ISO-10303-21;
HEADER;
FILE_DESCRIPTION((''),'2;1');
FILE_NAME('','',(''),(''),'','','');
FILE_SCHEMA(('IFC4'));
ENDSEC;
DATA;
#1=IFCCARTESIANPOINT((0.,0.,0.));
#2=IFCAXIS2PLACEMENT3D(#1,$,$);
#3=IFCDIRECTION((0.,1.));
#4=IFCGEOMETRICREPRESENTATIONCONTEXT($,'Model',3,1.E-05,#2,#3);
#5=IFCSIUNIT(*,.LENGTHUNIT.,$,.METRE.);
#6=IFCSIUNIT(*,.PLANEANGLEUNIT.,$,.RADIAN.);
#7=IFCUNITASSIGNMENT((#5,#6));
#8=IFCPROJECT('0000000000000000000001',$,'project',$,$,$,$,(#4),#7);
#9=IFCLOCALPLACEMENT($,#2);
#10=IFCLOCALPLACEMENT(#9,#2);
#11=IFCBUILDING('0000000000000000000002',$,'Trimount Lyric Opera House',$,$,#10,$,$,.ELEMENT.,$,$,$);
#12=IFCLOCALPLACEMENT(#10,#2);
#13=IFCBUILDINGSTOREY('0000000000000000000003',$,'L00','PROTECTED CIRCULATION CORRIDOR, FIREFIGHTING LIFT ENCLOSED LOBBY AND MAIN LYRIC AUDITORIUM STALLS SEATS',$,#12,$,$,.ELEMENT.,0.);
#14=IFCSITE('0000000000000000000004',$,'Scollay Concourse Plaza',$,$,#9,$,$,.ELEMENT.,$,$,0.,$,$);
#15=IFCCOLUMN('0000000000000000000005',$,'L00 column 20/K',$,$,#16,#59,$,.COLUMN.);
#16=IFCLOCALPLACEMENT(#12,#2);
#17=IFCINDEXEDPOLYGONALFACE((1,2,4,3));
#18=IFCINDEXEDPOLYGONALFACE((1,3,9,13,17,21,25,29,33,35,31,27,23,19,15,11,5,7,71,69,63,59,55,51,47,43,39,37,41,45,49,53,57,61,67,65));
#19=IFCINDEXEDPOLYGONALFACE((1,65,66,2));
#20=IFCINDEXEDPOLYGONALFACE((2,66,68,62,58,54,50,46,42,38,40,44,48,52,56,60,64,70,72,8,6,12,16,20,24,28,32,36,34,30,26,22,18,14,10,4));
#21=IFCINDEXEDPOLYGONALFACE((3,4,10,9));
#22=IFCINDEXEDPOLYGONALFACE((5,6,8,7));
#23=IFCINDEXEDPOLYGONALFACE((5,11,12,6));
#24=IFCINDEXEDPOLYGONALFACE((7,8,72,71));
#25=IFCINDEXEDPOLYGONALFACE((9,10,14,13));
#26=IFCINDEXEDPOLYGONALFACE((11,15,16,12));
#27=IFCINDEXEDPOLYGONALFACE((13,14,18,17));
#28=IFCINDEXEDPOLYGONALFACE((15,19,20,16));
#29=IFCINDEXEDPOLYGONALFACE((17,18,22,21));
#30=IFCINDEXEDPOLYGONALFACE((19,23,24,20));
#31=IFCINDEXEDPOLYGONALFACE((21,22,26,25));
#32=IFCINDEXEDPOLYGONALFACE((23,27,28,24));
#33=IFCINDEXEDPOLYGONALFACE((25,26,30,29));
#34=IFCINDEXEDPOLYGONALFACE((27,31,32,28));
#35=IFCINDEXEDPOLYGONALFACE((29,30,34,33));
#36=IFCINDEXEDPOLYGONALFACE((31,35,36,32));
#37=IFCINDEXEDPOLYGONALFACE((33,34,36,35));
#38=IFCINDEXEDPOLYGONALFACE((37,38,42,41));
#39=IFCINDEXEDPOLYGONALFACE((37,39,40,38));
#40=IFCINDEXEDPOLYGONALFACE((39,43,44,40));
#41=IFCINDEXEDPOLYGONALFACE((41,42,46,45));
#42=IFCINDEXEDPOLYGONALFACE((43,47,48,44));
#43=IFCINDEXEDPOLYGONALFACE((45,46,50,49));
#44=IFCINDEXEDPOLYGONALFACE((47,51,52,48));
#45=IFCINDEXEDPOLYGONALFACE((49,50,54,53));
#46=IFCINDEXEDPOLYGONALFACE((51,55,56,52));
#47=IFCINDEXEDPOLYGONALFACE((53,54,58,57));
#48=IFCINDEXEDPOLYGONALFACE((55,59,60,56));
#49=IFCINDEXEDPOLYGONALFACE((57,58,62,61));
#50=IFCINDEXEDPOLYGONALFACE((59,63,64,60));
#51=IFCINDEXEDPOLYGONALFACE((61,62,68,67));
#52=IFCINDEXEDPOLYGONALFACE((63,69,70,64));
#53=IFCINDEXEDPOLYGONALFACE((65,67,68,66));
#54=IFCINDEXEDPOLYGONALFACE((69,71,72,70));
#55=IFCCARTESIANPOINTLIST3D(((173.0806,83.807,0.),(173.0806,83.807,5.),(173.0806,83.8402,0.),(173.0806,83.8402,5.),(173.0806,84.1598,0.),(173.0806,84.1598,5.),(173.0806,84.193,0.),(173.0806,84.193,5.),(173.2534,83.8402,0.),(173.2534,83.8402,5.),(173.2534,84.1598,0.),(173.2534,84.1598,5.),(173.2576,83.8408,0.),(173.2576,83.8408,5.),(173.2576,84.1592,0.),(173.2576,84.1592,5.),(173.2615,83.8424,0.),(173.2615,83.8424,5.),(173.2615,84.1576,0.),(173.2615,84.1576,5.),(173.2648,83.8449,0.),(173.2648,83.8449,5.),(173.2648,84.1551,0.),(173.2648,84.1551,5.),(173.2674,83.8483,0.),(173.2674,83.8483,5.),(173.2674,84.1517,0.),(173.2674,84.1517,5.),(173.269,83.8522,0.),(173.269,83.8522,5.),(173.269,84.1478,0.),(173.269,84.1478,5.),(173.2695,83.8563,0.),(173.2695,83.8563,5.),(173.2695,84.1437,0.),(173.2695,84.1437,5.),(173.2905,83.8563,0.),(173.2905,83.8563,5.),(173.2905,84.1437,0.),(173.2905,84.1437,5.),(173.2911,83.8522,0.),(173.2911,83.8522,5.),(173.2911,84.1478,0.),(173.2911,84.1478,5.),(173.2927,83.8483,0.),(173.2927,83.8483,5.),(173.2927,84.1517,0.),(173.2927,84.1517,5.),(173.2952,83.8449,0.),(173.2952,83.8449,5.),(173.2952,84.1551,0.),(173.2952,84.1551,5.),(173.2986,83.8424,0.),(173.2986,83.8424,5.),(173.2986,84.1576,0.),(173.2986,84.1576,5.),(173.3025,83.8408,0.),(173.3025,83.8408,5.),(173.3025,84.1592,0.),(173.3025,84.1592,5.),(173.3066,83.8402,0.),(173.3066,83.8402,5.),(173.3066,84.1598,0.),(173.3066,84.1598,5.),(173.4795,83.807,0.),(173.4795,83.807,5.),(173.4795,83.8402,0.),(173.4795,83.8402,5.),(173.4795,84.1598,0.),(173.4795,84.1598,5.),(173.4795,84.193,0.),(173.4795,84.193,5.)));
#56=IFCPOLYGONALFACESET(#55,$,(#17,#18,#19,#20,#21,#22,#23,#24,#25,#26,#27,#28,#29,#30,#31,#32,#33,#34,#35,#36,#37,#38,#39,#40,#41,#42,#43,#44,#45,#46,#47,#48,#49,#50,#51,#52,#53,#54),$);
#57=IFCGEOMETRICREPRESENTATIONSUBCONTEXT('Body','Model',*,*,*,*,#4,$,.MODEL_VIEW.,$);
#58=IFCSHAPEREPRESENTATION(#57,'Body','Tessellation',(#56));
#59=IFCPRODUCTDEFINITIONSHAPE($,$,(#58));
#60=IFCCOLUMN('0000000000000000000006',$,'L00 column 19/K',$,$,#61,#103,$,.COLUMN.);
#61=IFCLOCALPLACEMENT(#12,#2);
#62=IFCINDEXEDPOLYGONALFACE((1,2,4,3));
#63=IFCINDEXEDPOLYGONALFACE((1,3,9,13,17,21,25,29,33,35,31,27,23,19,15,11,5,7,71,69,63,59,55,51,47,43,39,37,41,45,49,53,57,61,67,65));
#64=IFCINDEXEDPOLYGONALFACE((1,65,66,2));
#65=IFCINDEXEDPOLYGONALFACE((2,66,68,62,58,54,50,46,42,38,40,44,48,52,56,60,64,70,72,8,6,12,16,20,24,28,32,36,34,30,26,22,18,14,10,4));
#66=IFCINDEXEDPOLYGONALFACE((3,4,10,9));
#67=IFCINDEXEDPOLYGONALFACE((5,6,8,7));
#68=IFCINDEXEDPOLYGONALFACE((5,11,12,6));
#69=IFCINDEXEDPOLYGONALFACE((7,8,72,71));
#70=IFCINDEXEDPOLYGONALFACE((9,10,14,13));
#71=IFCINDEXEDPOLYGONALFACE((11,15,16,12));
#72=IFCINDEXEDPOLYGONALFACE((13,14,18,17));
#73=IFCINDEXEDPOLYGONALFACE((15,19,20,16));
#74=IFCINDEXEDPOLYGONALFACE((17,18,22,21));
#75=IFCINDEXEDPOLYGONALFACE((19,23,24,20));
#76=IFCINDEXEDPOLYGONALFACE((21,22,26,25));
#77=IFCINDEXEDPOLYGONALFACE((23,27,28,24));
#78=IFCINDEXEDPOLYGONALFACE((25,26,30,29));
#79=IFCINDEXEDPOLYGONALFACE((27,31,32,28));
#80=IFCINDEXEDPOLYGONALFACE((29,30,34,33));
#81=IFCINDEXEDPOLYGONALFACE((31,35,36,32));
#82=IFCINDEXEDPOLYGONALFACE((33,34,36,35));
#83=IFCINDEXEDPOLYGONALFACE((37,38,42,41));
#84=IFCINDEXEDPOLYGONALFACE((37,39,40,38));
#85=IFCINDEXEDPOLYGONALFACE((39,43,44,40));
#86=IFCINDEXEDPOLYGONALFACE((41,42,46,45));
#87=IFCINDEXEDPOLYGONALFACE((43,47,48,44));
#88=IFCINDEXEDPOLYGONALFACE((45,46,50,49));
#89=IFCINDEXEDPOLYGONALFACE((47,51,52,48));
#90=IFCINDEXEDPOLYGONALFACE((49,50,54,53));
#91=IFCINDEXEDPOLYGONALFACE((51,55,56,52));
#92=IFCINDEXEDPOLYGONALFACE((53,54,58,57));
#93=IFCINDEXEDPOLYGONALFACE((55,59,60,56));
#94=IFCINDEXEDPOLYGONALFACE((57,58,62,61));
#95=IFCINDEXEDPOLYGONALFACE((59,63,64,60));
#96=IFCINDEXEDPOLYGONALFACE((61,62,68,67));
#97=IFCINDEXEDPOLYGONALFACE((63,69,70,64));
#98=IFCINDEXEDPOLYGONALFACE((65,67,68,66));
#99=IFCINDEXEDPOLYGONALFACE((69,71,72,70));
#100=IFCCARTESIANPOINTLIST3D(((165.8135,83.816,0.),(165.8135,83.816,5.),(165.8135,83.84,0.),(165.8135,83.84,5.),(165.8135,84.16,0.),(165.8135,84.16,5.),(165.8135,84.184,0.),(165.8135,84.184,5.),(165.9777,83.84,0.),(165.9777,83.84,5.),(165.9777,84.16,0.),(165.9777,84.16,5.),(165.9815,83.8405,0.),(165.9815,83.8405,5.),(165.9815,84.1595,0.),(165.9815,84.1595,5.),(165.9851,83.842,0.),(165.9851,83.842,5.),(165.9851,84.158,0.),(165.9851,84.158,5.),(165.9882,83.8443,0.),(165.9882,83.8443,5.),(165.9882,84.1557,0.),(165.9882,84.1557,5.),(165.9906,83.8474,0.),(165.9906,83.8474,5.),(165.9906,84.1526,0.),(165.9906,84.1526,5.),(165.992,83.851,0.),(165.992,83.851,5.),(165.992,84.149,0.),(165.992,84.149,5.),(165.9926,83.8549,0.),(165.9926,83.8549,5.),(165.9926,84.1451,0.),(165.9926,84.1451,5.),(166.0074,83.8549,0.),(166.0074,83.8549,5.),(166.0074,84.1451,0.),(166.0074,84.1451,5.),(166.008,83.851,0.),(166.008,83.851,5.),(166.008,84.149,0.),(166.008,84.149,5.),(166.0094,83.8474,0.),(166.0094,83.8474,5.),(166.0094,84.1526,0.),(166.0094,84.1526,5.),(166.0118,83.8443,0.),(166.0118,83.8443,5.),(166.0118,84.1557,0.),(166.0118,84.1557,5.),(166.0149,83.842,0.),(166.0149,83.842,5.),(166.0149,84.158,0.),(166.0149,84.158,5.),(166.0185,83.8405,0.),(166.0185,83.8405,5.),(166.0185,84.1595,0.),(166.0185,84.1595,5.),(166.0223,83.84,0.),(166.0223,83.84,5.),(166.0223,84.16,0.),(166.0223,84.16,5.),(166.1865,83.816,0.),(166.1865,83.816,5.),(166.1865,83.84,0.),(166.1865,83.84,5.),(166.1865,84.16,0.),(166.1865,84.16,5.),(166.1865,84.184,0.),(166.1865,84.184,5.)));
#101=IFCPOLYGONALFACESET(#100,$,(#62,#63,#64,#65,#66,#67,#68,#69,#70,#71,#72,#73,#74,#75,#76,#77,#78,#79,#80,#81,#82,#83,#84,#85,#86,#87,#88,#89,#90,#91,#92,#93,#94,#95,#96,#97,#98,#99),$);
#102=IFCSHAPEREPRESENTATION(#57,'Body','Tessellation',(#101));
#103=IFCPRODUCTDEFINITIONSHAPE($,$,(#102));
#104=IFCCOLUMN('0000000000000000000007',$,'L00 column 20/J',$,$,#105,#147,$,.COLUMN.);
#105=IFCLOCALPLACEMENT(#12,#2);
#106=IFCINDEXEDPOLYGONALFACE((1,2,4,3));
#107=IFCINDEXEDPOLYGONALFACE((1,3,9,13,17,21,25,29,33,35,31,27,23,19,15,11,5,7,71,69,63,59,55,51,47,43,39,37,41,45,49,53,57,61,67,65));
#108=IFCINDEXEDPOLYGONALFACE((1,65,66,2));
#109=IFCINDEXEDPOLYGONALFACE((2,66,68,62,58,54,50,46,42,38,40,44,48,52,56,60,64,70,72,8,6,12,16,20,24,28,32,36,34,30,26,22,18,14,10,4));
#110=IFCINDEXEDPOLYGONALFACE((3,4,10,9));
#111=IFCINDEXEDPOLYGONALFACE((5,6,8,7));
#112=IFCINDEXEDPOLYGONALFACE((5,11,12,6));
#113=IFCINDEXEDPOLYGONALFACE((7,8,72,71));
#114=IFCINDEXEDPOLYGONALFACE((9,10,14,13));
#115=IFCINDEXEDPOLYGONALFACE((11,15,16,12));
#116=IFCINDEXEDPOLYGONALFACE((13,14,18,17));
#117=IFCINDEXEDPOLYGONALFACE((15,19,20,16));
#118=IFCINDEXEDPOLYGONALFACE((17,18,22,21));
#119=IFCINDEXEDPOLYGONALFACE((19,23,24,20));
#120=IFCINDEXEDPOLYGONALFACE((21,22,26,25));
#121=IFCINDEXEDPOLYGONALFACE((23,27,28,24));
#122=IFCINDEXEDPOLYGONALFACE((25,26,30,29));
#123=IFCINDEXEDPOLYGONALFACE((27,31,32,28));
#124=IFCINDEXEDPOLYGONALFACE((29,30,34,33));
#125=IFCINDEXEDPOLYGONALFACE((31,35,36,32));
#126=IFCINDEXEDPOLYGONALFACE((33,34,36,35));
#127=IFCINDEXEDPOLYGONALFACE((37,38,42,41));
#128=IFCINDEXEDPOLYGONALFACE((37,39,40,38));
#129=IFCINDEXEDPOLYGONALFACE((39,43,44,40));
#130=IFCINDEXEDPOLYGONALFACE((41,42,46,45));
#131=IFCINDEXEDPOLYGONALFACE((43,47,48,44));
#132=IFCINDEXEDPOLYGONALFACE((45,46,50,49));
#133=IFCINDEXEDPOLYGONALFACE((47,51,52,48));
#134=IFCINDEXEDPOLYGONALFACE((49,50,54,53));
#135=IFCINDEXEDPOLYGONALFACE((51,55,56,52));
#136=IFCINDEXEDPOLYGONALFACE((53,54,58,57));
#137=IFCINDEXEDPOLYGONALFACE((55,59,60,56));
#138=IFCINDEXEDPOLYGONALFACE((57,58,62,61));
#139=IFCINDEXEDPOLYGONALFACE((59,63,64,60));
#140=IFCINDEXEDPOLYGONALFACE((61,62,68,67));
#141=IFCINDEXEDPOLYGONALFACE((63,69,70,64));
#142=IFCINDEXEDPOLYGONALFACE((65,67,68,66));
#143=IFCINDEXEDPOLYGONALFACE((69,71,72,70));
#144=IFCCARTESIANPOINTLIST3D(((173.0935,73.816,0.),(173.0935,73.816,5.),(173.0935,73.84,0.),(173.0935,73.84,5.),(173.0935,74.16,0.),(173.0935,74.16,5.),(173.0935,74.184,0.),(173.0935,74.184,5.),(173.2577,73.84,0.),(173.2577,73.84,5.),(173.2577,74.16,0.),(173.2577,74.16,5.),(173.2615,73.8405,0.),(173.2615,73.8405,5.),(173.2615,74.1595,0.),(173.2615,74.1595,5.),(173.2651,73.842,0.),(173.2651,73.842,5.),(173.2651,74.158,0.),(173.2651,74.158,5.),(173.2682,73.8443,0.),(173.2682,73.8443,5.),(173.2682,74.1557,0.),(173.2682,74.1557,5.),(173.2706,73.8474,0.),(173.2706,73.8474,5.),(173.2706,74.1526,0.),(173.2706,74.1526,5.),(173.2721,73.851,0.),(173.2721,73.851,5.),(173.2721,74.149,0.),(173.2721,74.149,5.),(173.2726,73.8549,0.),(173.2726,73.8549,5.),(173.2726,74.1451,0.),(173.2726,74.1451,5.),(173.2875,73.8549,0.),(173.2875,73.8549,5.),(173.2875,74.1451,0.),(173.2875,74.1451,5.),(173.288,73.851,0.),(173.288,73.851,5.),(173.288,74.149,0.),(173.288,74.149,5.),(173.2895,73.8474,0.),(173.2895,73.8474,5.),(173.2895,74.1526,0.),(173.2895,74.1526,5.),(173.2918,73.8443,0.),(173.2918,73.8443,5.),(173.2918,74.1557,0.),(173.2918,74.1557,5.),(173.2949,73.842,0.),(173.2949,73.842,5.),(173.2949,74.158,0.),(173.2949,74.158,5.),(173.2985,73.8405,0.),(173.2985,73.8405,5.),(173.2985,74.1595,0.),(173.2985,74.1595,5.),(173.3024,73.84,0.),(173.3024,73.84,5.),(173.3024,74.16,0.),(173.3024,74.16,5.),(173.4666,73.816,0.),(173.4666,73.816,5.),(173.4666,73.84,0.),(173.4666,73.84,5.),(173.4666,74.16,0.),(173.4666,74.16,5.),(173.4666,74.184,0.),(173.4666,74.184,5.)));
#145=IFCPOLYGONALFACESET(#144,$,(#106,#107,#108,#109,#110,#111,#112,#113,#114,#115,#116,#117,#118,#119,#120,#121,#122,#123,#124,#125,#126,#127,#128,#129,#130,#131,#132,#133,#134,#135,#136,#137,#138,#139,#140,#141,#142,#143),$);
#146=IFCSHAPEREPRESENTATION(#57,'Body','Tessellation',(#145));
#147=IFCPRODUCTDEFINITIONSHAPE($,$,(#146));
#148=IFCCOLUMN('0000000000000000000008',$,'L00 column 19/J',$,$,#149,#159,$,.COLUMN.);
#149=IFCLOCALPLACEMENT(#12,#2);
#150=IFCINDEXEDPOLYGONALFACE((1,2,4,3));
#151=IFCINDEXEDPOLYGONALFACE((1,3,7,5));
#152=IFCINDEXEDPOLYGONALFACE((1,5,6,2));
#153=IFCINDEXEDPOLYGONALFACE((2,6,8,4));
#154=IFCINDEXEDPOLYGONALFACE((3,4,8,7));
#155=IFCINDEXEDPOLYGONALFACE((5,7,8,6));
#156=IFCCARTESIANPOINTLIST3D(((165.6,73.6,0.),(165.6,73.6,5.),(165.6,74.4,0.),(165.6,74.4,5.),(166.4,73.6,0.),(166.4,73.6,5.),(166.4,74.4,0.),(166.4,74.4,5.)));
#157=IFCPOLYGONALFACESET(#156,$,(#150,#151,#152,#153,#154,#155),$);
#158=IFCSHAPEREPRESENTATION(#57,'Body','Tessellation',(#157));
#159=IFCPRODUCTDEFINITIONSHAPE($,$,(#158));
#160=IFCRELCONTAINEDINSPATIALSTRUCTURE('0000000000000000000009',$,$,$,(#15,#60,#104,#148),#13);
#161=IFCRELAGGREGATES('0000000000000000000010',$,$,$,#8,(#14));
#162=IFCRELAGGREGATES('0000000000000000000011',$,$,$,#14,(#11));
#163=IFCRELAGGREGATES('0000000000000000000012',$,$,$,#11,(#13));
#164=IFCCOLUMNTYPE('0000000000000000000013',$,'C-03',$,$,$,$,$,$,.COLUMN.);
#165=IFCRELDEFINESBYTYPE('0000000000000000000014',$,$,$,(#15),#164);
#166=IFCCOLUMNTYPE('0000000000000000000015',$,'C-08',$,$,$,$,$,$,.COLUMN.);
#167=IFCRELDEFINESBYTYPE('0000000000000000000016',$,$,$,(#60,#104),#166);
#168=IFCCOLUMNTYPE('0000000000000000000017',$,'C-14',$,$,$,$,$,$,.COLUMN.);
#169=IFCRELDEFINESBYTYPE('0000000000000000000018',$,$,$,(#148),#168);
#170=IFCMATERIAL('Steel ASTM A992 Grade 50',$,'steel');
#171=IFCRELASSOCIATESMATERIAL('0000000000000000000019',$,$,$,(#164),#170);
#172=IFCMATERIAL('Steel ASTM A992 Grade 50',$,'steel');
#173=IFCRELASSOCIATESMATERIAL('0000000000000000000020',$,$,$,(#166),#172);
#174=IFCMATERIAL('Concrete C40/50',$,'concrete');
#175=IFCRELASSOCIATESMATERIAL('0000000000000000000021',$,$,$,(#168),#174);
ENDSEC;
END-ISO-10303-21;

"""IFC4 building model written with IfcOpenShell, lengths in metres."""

from ifc_helpers import new_model, si_unit, direction, frame, origin, origin_2d, place, context, subcontext, project, spatial, rectangle, i_section, extrude, material, material_profile, profile_set, type_object, element, save


model = new_model("IFC4")

# Units and contexts
model_context = context("Model", 3, precision=1e-05, world=origin(), true_north=direction((0.0, 1.0)))
body_context = subcontext(model_context, "Body", "Model", "MODEL_VIEW")
ifc_project = project(units=[si_unit("LENGTHUNIT", "METRE"), si_unit("PLANEANGLEUNIT", "RADIAN")], contexts=[model_context])

# Site, building, storey
site_placement = place(None, origin())
site = spatial("IfcSite", under=ifc_project, at=site_placement, Name="Scollay Concourse Plaza", CompositionType="ELEMENT", RefElevation=0.0)
building_placement = place(site_placement, origin())
building = spatial("IfcBuilding", under=site, at=building_placement, Name="Trimount Lyric Opera House", CompositionType="ELEMENT")
storey_placement = place(building_placement, origin())
storey = spatial("IfcBuildingStorey", under=building, at=storey_placement, Name="L00", Description="PROTECTED CIRCULATION CORRIDOR, FIREFIGHTING LIFT ENCLOSED LOBBY AND MAIN LYRIC AUDITORIUM STALLS SEATS", CompositionType="ELEMENT", Elevation=0.0)

# Columns
ifc_material_1 = material(Name="Steel ASTM A992 Grade 50", Category="steel")
ifc_material_profile_1 = material_profile(ifc_material_1, i_section(OverallWidth=0.3989, OverallDepth=0.386, WebThickness=0.021, FlangeThickness=0.0332, FilletRadius=0.0161, at=origin_2d()), Name="W14X176")
ifc_profile_set_1 = profile_set([ifc_material_profile_1], Name="Steel ASTM A992 Grade 50")
column_type_1 = type_object("IfcColumnType", Name="C-03", PredefinedType="COLUMN", material=ifc_profile_set_1)
column_1_placement = place(storey_placement, frame((173.28, 84.0, 0.0), z_axis=(0.0, 0.0, 1.0), x_axis=(1.0, 0.0, 0.0)))
element("IfcColumn", 1, at=column_1_placement, inside=storey, type_object=column_type_1, Name="L00 column 20/K", PredefinedType="COLUMN", context=body_context, shape_type="SweptSolid", body=[
    extrude(i_section(OverallWidth=0.3989, OverallDepth=0.386, WebThickness=0.021, FlangeThickness=0.0332, FilletRadius=0.0161, at=origin_2d()), origin(), (0.0, 0.0, 1.0), 5.0),
])
ifc_material_2 = material(Name="Steel ASTM A992 Grade 50", Category="steel")
ifc_material_profile_2 = material_profile(ifc_material_2, i_section(OverallWidth=0.373, OverallDepth=0.3679, WebThickness=0.0149, FlangeThickness=0.0239, FilletRadius=0.0149, at=origin_2d()), Name="W14X120")
ifc_profile_set_2 = profile_set([ifc_material_profile_2], Name="Steel ASTM A992 Grade 50")
column_type_2 = type_object("IfcColumnType", Name="C-08", PredefinedType="COLUMN", material=ifc_profile_set_2)
for number, where, z_axis, x_axis, name in (
    (2, (166.0, 84.0, 0.0), (0.0, 0.0, 1.0), (1.0, 0.0, 0.0), "L00 column 19/K"),
    (3, (173.28, 74.0, 0.0), (0.0, 0.0, 1.0), (1.0, 0.0, 0.0), "L00 column 20/J"),
):
    element("IfcColumn", number, at=place(storey_placement, frame(where, z_axis=z_axis, x_axis=x_axis)), inside=storey, type_object=column_type_2, Name=name, PredefinedType="COLUMN", context=body_context, shape_type="SweptSolid", body=[
        extrude(i_section(OverallWidth=0.373, OverallDepth=0.3679, WebThickness=0.0149, FlangeThickness=0.0239, FilletRadius=0.0149, at=origin_2d()), origin(), (0.0, 0.0, 1.0), 5.0),
    ])
ifc_material_3 = material(Name="Concrete C40/50", Category="concrete")
ifc_material_profile_3 = material_profile(ifc_material_3, rectangle(XDim=0.8, YDim=0.8, at=origin_2d()), Name="RC800X800")
ifc_profile_set_3 = profile_set([ifc_material_profile_3], Name="Concrete C40/50")
column_type_3 = type_object("IfcColumnType", Name="C-14", PredefinedType="COLUMN", material=ifc_profile_set_3)
column_2_placement = place(storey_placement, frame((166.0, 74.0, 0.0), z_axis=(0.0, 0.0, 1.0), x_axis=(1.0, 0.0, 0.0)))
element("IfcColumn", 4, at=column_2_placement, inside=storey, type_object=column_type_3, Name="L00 column 19/J", PredefinedType="COLUMN", context=body_context, shape_type="SweptSolid", body=[
    extrude(rectangle(XDim=0.8, YDim=0.8, at=origin_2d()), origin(), (0.0, 0.0, 1.0), 5.0),
])

save(model, "model.ifc")
